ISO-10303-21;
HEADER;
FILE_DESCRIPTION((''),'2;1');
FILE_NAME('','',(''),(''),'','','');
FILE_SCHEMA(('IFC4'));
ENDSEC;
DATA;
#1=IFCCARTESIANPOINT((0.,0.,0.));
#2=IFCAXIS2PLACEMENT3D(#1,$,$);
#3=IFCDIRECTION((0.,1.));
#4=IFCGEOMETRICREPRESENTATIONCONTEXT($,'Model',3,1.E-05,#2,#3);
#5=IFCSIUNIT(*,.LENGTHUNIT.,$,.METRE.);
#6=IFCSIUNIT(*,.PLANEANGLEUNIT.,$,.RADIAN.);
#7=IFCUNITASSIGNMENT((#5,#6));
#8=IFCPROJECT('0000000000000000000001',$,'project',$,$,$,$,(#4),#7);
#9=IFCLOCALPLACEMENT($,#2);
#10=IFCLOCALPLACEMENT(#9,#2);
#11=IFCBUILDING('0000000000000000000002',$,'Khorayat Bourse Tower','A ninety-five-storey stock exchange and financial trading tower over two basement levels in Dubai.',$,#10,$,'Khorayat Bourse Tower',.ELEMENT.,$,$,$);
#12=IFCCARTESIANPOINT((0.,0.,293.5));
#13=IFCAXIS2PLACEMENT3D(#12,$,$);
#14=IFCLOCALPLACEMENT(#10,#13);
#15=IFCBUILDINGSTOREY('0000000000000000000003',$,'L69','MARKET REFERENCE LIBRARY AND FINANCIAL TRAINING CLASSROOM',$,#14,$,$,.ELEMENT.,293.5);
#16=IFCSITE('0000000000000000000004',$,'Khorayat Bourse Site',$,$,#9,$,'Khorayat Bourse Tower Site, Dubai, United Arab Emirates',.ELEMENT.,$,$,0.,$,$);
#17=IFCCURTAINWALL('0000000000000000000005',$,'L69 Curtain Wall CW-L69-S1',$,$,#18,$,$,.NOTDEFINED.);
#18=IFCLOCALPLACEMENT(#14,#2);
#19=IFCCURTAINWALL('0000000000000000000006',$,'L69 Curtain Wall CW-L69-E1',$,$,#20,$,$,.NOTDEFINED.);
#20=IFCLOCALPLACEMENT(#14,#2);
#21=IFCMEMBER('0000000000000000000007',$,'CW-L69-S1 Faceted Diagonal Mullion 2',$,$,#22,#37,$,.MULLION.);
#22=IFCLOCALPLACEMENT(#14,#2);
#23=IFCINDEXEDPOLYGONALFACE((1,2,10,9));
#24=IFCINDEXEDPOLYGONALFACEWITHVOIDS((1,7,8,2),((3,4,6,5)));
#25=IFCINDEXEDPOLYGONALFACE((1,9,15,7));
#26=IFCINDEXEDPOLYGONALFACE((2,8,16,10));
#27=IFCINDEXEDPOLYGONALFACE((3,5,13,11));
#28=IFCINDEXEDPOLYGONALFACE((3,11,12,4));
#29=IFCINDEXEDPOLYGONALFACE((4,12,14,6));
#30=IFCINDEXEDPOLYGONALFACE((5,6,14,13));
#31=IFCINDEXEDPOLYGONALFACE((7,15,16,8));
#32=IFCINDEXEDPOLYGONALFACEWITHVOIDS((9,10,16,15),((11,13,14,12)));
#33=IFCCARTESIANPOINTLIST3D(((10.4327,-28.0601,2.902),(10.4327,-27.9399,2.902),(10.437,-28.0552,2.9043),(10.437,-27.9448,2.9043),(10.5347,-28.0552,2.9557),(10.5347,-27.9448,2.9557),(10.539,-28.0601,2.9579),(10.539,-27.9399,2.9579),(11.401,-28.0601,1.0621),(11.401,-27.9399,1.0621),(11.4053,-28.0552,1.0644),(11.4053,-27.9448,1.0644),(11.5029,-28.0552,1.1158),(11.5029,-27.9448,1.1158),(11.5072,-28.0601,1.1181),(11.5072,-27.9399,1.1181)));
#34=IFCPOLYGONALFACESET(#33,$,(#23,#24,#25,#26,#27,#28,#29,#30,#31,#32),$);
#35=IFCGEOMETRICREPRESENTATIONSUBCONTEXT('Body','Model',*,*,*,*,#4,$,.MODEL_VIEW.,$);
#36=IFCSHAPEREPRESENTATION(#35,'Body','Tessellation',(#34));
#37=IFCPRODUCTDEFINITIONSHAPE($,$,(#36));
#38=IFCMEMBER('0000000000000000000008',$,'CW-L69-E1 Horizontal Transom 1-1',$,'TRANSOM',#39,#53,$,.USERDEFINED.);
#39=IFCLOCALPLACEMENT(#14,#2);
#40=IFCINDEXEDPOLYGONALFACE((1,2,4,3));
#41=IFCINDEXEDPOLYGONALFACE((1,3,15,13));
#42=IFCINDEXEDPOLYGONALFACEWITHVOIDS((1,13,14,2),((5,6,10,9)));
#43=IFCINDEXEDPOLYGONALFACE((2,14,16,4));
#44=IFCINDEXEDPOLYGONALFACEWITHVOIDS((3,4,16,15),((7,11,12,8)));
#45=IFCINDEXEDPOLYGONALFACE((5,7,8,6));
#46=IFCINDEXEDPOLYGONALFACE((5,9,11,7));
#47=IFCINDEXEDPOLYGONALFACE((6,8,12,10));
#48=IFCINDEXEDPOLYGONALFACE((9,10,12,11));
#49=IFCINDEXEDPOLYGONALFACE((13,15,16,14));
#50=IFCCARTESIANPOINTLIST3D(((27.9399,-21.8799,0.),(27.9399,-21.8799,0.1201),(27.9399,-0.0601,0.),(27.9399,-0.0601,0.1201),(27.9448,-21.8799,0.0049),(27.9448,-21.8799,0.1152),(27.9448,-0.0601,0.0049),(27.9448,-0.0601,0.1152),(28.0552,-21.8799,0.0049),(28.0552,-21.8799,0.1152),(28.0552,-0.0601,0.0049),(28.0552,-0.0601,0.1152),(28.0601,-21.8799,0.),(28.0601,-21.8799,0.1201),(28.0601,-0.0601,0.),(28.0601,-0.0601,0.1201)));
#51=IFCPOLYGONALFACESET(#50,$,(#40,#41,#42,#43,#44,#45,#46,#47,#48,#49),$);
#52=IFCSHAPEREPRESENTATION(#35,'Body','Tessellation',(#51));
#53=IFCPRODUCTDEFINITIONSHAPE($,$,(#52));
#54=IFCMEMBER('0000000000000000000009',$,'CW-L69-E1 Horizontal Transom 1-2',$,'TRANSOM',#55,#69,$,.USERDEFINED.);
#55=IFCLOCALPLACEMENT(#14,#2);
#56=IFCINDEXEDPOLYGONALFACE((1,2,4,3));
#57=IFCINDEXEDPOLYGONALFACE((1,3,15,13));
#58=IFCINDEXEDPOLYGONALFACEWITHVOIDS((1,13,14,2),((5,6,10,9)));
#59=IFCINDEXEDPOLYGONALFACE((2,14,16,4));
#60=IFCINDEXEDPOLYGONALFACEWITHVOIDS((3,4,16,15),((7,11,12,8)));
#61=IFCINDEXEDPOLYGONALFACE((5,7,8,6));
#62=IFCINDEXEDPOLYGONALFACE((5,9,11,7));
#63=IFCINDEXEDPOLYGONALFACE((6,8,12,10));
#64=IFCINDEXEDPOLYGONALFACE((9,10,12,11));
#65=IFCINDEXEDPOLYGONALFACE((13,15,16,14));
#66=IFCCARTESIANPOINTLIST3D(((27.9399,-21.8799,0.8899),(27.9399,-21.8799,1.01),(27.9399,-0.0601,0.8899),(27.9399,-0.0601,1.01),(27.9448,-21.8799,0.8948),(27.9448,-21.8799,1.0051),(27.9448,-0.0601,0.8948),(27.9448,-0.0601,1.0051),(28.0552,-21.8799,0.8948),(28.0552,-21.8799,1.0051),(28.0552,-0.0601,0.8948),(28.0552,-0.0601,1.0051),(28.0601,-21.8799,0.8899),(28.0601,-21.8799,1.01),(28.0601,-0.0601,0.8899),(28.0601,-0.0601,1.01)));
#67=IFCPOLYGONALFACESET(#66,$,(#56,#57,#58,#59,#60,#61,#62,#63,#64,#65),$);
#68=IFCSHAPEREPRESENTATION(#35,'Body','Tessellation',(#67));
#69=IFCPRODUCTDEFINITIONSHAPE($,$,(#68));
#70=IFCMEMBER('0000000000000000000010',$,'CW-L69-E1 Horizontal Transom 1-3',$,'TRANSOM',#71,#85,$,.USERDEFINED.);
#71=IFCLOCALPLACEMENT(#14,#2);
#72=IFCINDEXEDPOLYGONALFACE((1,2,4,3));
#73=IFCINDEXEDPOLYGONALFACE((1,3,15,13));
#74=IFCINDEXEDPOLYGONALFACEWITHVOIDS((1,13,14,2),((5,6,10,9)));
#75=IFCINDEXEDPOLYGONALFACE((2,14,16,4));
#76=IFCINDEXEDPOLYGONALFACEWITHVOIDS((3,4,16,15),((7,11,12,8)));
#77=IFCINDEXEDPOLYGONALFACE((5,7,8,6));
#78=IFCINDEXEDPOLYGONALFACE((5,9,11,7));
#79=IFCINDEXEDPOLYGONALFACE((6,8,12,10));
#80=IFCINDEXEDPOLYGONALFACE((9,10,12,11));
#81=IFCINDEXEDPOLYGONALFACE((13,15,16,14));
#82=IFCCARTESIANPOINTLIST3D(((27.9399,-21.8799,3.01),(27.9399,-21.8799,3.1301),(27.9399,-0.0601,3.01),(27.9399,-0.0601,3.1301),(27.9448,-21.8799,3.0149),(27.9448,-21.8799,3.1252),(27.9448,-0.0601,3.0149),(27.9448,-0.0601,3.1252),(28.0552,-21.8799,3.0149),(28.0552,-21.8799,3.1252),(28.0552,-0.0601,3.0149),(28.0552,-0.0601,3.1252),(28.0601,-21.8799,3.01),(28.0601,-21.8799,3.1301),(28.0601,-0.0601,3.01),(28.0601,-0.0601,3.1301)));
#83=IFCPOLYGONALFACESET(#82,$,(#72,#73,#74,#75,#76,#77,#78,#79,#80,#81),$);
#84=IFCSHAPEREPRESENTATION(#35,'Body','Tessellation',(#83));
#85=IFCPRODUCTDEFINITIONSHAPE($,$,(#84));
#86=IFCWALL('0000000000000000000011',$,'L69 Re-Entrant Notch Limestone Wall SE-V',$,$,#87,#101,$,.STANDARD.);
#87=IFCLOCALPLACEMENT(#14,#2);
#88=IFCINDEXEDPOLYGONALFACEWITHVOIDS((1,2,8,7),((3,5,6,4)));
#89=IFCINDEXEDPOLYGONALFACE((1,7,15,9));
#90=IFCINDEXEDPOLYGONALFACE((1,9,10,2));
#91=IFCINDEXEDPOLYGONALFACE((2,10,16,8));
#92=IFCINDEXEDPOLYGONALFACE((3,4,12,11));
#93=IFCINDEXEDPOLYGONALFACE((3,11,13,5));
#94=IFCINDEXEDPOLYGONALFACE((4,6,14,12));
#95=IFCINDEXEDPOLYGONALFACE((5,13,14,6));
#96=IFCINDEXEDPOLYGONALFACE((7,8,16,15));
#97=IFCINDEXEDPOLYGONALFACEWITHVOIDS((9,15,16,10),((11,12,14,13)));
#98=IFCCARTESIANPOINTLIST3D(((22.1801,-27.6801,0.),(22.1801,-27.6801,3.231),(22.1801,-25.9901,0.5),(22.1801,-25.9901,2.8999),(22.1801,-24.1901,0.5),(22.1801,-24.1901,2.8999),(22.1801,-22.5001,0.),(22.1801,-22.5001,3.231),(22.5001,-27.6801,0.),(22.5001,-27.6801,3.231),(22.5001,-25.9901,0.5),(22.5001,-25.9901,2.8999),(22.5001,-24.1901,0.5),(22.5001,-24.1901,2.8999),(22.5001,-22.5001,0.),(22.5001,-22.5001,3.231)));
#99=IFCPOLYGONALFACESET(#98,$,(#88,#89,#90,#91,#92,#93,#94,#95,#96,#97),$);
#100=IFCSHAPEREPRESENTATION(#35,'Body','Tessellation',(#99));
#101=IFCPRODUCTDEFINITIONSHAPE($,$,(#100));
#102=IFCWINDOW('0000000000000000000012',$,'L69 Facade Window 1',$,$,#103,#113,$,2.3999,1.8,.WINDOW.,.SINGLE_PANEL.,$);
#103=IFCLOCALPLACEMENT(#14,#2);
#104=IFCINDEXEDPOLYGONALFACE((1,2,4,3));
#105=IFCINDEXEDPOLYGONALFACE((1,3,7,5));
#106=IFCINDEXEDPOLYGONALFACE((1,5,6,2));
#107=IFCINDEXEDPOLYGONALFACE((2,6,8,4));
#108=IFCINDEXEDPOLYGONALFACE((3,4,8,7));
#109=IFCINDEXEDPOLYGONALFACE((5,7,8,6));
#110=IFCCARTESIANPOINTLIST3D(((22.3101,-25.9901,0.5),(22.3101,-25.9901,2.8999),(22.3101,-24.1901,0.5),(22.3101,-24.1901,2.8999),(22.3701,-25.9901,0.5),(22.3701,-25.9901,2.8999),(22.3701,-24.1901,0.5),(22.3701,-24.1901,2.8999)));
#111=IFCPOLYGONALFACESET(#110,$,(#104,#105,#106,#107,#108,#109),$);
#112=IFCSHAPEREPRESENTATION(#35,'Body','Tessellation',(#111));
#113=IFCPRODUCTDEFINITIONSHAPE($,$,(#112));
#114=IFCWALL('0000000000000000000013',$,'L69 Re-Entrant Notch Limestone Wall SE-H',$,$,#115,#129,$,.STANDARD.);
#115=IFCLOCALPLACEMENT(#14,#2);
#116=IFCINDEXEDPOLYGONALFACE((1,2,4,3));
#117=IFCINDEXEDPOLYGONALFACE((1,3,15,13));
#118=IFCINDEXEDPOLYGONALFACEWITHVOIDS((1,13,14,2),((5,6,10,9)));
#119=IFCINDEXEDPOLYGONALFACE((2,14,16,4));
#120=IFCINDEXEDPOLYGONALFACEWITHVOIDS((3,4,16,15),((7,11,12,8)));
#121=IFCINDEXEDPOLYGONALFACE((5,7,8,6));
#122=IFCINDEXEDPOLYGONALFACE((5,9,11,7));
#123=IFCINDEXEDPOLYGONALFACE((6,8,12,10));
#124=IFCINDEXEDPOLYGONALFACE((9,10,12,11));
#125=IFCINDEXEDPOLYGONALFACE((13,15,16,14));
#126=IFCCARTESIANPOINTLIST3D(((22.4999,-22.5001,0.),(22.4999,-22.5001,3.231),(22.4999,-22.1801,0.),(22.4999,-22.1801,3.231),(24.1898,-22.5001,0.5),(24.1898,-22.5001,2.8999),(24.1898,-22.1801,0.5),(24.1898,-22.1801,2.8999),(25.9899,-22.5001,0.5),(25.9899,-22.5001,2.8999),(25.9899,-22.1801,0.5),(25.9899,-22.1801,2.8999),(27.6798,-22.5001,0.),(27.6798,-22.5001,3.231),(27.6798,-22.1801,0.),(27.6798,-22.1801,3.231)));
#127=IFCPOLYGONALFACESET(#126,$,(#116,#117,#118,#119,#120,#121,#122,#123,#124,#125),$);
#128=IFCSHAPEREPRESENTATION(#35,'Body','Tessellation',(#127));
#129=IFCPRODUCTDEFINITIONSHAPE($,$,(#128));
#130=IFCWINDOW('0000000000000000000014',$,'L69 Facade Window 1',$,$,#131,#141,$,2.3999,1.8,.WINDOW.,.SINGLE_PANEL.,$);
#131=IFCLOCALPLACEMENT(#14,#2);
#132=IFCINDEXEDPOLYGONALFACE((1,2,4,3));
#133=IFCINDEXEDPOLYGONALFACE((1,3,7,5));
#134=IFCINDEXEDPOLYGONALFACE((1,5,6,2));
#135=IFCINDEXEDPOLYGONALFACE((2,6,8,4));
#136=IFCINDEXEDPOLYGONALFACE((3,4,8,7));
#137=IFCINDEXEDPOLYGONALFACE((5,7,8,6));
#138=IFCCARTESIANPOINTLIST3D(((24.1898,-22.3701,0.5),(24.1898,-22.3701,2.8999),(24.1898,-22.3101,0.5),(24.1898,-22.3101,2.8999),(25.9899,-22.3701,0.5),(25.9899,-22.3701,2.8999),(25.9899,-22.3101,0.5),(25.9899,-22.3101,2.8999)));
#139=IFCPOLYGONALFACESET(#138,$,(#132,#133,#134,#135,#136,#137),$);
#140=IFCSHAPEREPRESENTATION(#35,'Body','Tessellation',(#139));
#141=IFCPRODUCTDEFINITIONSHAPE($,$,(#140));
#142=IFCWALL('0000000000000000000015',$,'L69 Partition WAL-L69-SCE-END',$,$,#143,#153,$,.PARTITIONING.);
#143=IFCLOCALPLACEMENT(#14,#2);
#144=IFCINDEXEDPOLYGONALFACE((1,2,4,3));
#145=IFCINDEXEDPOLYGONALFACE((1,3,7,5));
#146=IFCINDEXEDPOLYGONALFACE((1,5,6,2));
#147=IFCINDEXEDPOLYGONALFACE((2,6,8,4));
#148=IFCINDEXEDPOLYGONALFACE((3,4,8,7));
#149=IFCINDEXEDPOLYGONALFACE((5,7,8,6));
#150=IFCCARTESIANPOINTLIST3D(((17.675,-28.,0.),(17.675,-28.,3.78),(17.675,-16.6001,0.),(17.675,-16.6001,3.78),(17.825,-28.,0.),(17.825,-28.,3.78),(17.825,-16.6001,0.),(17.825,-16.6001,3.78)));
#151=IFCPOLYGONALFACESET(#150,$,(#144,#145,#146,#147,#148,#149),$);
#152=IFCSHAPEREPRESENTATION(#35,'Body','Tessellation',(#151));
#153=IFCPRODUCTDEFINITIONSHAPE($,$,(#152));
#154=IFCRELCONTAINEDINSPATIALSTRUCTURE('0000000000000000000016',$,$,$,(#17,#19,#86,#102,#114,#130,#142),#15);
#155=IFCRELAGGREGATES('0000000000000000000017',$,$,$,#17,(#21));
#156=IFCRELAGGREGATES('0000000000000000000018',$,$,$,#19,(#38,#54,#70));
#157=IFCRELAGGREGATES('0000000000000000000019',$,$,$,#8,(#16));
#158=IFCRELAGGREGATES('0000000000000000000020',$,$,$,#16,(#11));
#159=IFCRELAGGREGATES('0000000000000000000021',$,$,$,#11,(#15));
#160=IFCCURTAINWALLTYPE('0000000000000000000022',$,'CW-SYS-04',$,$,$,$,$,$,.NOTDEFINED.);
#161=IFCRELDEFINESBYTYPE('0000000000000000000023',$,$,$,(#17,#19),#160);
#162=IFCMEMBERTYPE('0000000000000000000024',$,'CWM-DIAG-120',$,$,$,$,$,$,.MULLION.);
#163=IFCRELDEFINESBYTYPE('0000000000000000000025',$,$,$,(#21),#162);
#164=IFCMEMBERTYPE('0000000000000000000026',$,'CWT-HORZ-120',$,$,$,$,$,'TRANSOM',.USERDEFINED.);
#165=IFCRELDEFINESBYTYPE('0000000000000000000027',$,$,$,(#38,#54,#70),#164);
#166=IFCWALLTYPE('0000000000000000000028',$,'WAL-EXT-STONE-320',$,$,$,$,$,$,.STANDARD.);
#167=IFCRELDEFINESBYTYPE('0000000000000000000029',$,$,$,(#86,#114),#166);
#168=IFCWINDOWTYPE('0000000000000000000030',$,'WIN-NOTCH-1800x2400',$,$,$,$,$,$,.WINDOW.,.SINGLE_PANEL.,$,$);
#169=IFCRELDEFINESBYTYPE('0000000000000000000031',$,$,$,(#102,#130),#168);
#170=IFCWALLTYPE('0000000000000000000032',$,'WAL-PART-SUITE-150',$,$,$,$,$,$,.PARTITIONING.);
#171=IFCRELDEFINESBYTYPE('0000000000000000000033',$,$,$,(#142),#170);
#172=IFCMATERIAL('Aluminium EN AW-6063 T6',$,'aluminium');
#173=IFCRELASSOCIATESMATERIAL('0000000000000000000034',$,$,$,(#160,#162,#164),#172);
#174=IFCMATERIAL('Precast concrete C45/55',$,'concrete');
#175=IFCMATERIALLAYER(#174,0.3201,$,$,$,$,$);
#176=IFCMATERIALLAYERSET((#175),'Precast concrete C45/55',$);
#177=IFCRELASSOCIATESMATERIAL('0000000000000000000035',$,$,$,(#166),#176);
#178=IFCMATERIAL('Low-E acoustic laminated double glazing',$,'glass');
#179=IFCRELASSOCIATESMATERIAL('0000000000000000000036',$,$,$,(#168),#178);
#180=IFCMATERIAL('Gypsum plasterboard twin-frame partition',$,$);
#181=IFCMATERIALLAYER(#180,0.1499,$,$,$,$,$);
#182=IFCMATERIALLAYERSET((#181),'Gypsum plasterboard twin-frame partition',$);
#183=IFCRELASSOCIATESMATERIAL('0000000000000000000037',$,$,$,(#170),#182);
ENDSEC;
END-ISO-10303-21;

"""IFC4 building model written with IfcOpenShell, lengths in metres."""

from ifc_helpers import new_model, si_unit, direction, frame, frame_2d, origin, origin_2d, place, context, subcontext, project, spatial, rectangle, hollow_rectangle, extrude, source, transform, mapped, material, layer, layer_set, material_profile, profile_set, type_object, element, fill, aggregate, save


model = new_model("IFC4")

# Units and contexts
model_context = context("Model", 3, precision=1e-05, world=origin(), true_north=direction((0.0, 1.0)))
body_context = subcontext(model_context, "Body", "Model", "MODEL_VIEW")
ifc_project = project(units=[si_unit("LENGTHUNIT", "METRE"), si_unit("PLANEANGLEUNIT", "RADIAN")], contexts=[model_context])

# Site, building, storey
site_placement = place(None, origin())
site = spatial("IfcSite", under=ifc_project, at=site_placement, Name="Khorayat Bourse Site", LongName="Khorayat Bourse Tower Site, Dubai, United Arab Emirates", CompositionType="ELEMENT", RefElevation=0.0)
building_placement = place(site_placement, origin())
building = spatial("IfcBuilding", under=site, at=building_placement, Name="Khorayat Bourse Tower", Description="A ninety-five-storey stock exchange and financial trading tower over two basement levels in Dubai.", LongName="Khorayat Bourse Tower", CompositionType="ELEMENT")
storey_placement = place(building_placement, frame((0.0, 0.0, 293.5)))
storey = spatial("IfcBuildingStorey", under=building, at=storey_placement, Name="L69", Description="MARKET REFERENCE LIBRARY AND FINANCIAL TRAINING CLASSROOM", CompositionType="ELEMENT", Elevation=293.5)

# Curtain walls
ifc_material_1 = material(Name="Aluminium EN AW-6063 T6", Category="aluminium")
curtain_wall_type = type_object("IfcCurtainWallType", Name="CW-SYS-04", PredefinedType="NOTDEFINED", material=ifc_material_1)
curtain_wall_1_placement = place(storey_placement, origin())
curtain_wall_1 = element("IfcCurtainWall", 1, at=curtain_wall_1_placement, inside=storey, type_object=curtain_wall_type, Name="L69 Curtain Wall CW-L69-S1", PredefinedType="NOTDEFINED")
curtain_wall_2_placement = place(storey_placement, origin())
curtain_wall_2 = element("IfcCurtainWall", 2, at=curtain_wall_2_placement, inside=storey, type_object=curtain_wall_type, Name="L69 Curtain Wall CW-L69-E1", PredefinedType="NOTDEFINED")

# Members
ifc_material_profile_1 = material_profile(ifc_material_1, hollow_rectangle(XDim=0.1201, YDim=0.1201, WallThickness=0.0049, at=origin_2d()), Name="ALU 120x120x5")
ifc_profile_set_1 = profile_set([ifc_material_profile_1], Name="Aluminium EN AW-6063 T6")
member_type_1 = type_object("IfcMemberType", Name="CWM-DIAG-120", PredefinedType="MULLION", material=ifc_profile_set_1)
shared_shape_1 = source(origin(), body_context, "Body", "SweptSolid", [
    extrude(hollow_rectangle(XDim=0.1201, YDim=0.1201, WallThickness=0.0049, at=origin_2d()), origin(), (0.0, 0.0, 1.0), 2.0791),
])
member_1_placement = place(storey_placement, frame((11.4541, -28.0, 1.0901), z_axis=(-0.465717, 0.0, 0.884934), x_axis=(0.0, -1.0, 0.0)))
member_1 = element("IfcMember", 3, at=member_1_placement, type_object=member_type_1, Name="CW-L69-S1 Faceted Diagonal Mullion 2", PredefinedType="MULLION", context=body_context, shape_type="MappedRepresentation", body=[
    mapped(shared_shape_1, transform((0.0, 0.0, 0.0), scale=1.0)),
])
aggregate(curtain_wall_1, [member_1])
ifc_material_profile_2 = material_profile(ifc_material_1, hollow_rectangle(XDim=0.1201, YDim=0.1201, WallThickness=0.0049, at=origin_2d()), Name="ALU 120x120x5")
ifc_profile_set_2 = profile_set([ifc_material_profile_2], Name="Aluminium EN AW-6063 T6")
member_type_2 = type_object("IfcMemberType", Name="CWT-HORZ-120", ElementType="TRANSOM", PredefinedType="USERDEFINED", material=ifc_profile_set_2)
shared_shape_2 = source(origin(), body_context, "Body", "SweptSolid", [
    extrude(hollow_rectangle(XDim=0.1201, YDim=0.1201, WallThickness=0.0049, at=origin_2d()), origin(), (0.0, 0.0, 1.0), 21.8198),
])
member_2_placement = place(storey_placement, frame((28.0, -21.8799, 0.0601), z_axis=(0.0, 1.0, 0.0), x_axis=(-1.0, 0.0, 0.0)))
member_2 = element("IfcMember", 4, at=member_2_placement, type_object=member_type_2, Name="CW-L69-E1 Horizontal Transom 1-1", ObjectType="TRANSOM", PredefinedType="USERDEFINED", context=body_context, shape_type="MappedRepresentation", body=[
    mapped(shared_shape_2, transform((0.0, 0.0, 0.0), scale=1.0)),
])
member_3_placement = place(storey_placement, frame((28.0, -21.8799, 0.95), z_axis=(0.0, 1.0, 0.0), x_axis=(-1.0, 0.0, 0.0)))
member_3 = element("IfcMember", 5, at=member_3_placement, type_object=member_type_2, Name="CW-L69-E1 Horizontal Transom 1-2", ObjectType="TRANSOM", PredefinedType="USERDEFINED", context=body_context, shape_type="MappedRepresentation", body=[
    mapped(shared_shape_2, transform((0.0, 0.0, 0.0), scale=1.0)),
])
member_4_placement = place(storey_placement, frame((28.0, -21.8799, 3.0701), z_axis=(0.0, 1.0, 0.0), x_axis=(-1.0, 0.0, 0.0)))
member_4 = element("IfcMember", 6, at=member_4_placement, type_object=member_type_2, Name="CW-L69-E1 Horizontal Transom 1-3", ObjectType="TRANSOM", PredefinedType="USERDEFINED", context=body_context, shape_type="MappedRepresentation", body=[
    mapped(shared_shape_2, transform((0.0, 0.0, 0.0), scale=1.0)),
])
aggregate(curtain_wall_2, [member_2, member_3, member_4])

# Walls, openings, windows
ifc_material_2 = material(Name="Precast concrete C45/55", Category="concrete")
ifc_layer_1 = layer(ifc_material_2, 0.3201)
ifc_layer_set_1 = layer_set([ifc_layer_1], Name="Precast concrete C45/55")
wall_type_1 = type_object("IfcWallType", Name="WAL-EXT-STONE-320", PredefinedType="STANDARD", material=ifc_layer_set_1)
shared_shape_3 = source(origin(), body_context, "Body", "SweptSolid", [
    extrude(rectangle(XDim=5.1799, YDim=0.3201, at=frame_2d((2.5898, 0.0))), origin(), (0.0, 0.0, 1.0), 3.231),
])
wall_1_placement = place(storey_placement, frame((22.3401, -27.6799, 0.0), z_axis=(0.0, 0.0, 1.0), x_axis=(0.0, 1.0, 0.0)))
wall_1 = element("IfcWall", 7, at=wall_1_placement, inside=storey, type_object=wall_type_1, Name="L69 Re-Entrant Notch Limestone Wall SE-V", PredefinedType="STANDARD", context=body_context, shape_type="MappedRepresentation", body=[
    mapped(shared_shape_3, transform((0.0, 0.0, 0.0), scale=1.0)),
])
shared_shape_4 = source(origin(), body_context, "Body", "SweptSolid", [
    extrude(rectangle(XDim=1.8, YDim=2.3999, at=frame_2d((0.8999, 1.2))), frame((0.0, 0.1699, 0.0), z_axis=(0.0, -1.0, 0.0), x_axis=(1.0, 0.0, 0.0)), (0.0, 0.0, 1.0), 0.3401),
])
opening_1_placement = place(wall_1_placement, frame((1.6899, 0.0, 0.5)))
opening_1 = element("IfcOpeningElement", 8, at=opening_1_placement, cuts=wall_1, PredefinedType="OPENING", context=body_context, shape_type="MappedRepresentation", body=[
    mapped(shared_shape_4, transform((0.0, 0.0, 0.0), scale=1.0)),
])
ifc_material_3 = material(Name="Low-E acoustic laminated double glazing", Category="glass")
window_type = type_object("IfcWindowType", Name="WIN-NOTCH-1800x2400", PartitioningType="SINGLE_PANEL", PredefinedType="WINDOW", material=ifc_material_3)
shared_shape_5 = source(origin(), body_context, "Body", "SweptSolid", [
    extrude(rectangle(XDim=1.8, YDim=2.3999, at=frame_2d((0.8999, 1.2))), frame((0.0, 0.03, 0.0), z_axis=(0.0, -1.0, 0.0), x_axis=(1.0, 0.0, 0.0)), (0.0, 0.0, 1.0), 0.0601),
])
window_1_placement = place(opening_1_placement, origin())
window_1 = element("IfcWindow", 9, at=window_1_placement, inside=storey, type_object=window_type, Name="L69 Facade Window 1", OverallHeight=2.3999, OverallWidth=1.8, PartitioningType="SINGLE_PANEL", PredefinedType="WINDOW", context=body_context, shape_type="MappedRepresentation", body=[
    mapped(shared_shape_5, transform((0.0, 0.0, 0.0), scale=1.0)),
])
fill(opening_1, window_1)
wall_2_placement = place(storey_placement, frame((22.5, -22.3401, 0.0), z_axis=(0.0, 0.0, 1.0), x_axis=(1.0, 0.0, 0.0)))
wall_2 = element("IfcWall", 10, at=wall_2_placement, inside=storey, type_object=wall_type_1, Name="L69 Re-Entrant Notch Limestone Wall SE-H", PredefinedType="STANDARD", context=body_context, shape_type="MappedRepresentation", body=[
    mapped(shared_shape_3, transform((0.0, 0.0, 0.0), scale=1.0)),
])
opening_2_placement = place(wall_2_placement, frame((1.6899, 0.0, 0.5)))
opening_2 = element("IfcOpeningElement", 11, at=opening_2_placement, cuts=wall_2, PredefinedType="OPENING", context=body_context, shape_type="MappedRepresentation", body=[
    mapped(shared_shape_4, transform((0.0, 0.0, 0.0), scale=1.0)),
])
window_2_placement = place(opening_2_placement, origin())
window_2 = element("IfcWindow", 12, at=window_2_placement, inside=storey, type_object=window_type, Name="L69 Facade Window 1", OverallHeight=2.3999, OverallWidth=1.8, PartitioningType="SINGLE_PANEL", PredefinedType="WINDOW", context=body_context, shape_type="MappedRepresentation", body=[
    mapped(shared_shape_5, transform((0.0, 0.0, 0.0), scale=1.0)),
])
fill(opening_2, window_2)

# Wall
ifc_material_4 = material(Name="Gypsum plasterboard twin-frame partition")
ifc_layer_2 = layer(ifc_material_4, 0.1499)
ifc_layer_set_2 = layer_set([ifc_layer_2], Name="Gypsum plasterboard twin-frame partition")
wall_type_2 = type_object("IfcWallType", Name="WAL-PART-SUITE-150", PredefinedType="PARTITIONING", material=ifc_layer_set_2)
shared_shape_6 = source(origin(), body_context, "Body", "SweptSolid", [
    extrude(rectangle(XDim=11.3999, YDim=0.1499, at=frame_2d((5.7, 0.0))), origin(), (0.0, 0.0, 1.0), 3.78),
])
wall_3_placement = place(storey_placement, frame((17.75, -28.0, 0.0), z_axis=(0.0, 0.0, 1.0), x_axis=(0.0, 1.0, 0.0)))
element("IfcWall", 13, at=wall_3_placement, inside=storey, type_object=wall_type_2, Name="L69 Partition WAL-L69-SCE-END", PredefinedType="PARTITIONING", context=body_context, shape_type="MappedRepresentation", body=[
    mapped(shared_shape_6, transform((0.0, 0.0, 0.0), scale=1.0)),
])

save(model, "model.ifc")
